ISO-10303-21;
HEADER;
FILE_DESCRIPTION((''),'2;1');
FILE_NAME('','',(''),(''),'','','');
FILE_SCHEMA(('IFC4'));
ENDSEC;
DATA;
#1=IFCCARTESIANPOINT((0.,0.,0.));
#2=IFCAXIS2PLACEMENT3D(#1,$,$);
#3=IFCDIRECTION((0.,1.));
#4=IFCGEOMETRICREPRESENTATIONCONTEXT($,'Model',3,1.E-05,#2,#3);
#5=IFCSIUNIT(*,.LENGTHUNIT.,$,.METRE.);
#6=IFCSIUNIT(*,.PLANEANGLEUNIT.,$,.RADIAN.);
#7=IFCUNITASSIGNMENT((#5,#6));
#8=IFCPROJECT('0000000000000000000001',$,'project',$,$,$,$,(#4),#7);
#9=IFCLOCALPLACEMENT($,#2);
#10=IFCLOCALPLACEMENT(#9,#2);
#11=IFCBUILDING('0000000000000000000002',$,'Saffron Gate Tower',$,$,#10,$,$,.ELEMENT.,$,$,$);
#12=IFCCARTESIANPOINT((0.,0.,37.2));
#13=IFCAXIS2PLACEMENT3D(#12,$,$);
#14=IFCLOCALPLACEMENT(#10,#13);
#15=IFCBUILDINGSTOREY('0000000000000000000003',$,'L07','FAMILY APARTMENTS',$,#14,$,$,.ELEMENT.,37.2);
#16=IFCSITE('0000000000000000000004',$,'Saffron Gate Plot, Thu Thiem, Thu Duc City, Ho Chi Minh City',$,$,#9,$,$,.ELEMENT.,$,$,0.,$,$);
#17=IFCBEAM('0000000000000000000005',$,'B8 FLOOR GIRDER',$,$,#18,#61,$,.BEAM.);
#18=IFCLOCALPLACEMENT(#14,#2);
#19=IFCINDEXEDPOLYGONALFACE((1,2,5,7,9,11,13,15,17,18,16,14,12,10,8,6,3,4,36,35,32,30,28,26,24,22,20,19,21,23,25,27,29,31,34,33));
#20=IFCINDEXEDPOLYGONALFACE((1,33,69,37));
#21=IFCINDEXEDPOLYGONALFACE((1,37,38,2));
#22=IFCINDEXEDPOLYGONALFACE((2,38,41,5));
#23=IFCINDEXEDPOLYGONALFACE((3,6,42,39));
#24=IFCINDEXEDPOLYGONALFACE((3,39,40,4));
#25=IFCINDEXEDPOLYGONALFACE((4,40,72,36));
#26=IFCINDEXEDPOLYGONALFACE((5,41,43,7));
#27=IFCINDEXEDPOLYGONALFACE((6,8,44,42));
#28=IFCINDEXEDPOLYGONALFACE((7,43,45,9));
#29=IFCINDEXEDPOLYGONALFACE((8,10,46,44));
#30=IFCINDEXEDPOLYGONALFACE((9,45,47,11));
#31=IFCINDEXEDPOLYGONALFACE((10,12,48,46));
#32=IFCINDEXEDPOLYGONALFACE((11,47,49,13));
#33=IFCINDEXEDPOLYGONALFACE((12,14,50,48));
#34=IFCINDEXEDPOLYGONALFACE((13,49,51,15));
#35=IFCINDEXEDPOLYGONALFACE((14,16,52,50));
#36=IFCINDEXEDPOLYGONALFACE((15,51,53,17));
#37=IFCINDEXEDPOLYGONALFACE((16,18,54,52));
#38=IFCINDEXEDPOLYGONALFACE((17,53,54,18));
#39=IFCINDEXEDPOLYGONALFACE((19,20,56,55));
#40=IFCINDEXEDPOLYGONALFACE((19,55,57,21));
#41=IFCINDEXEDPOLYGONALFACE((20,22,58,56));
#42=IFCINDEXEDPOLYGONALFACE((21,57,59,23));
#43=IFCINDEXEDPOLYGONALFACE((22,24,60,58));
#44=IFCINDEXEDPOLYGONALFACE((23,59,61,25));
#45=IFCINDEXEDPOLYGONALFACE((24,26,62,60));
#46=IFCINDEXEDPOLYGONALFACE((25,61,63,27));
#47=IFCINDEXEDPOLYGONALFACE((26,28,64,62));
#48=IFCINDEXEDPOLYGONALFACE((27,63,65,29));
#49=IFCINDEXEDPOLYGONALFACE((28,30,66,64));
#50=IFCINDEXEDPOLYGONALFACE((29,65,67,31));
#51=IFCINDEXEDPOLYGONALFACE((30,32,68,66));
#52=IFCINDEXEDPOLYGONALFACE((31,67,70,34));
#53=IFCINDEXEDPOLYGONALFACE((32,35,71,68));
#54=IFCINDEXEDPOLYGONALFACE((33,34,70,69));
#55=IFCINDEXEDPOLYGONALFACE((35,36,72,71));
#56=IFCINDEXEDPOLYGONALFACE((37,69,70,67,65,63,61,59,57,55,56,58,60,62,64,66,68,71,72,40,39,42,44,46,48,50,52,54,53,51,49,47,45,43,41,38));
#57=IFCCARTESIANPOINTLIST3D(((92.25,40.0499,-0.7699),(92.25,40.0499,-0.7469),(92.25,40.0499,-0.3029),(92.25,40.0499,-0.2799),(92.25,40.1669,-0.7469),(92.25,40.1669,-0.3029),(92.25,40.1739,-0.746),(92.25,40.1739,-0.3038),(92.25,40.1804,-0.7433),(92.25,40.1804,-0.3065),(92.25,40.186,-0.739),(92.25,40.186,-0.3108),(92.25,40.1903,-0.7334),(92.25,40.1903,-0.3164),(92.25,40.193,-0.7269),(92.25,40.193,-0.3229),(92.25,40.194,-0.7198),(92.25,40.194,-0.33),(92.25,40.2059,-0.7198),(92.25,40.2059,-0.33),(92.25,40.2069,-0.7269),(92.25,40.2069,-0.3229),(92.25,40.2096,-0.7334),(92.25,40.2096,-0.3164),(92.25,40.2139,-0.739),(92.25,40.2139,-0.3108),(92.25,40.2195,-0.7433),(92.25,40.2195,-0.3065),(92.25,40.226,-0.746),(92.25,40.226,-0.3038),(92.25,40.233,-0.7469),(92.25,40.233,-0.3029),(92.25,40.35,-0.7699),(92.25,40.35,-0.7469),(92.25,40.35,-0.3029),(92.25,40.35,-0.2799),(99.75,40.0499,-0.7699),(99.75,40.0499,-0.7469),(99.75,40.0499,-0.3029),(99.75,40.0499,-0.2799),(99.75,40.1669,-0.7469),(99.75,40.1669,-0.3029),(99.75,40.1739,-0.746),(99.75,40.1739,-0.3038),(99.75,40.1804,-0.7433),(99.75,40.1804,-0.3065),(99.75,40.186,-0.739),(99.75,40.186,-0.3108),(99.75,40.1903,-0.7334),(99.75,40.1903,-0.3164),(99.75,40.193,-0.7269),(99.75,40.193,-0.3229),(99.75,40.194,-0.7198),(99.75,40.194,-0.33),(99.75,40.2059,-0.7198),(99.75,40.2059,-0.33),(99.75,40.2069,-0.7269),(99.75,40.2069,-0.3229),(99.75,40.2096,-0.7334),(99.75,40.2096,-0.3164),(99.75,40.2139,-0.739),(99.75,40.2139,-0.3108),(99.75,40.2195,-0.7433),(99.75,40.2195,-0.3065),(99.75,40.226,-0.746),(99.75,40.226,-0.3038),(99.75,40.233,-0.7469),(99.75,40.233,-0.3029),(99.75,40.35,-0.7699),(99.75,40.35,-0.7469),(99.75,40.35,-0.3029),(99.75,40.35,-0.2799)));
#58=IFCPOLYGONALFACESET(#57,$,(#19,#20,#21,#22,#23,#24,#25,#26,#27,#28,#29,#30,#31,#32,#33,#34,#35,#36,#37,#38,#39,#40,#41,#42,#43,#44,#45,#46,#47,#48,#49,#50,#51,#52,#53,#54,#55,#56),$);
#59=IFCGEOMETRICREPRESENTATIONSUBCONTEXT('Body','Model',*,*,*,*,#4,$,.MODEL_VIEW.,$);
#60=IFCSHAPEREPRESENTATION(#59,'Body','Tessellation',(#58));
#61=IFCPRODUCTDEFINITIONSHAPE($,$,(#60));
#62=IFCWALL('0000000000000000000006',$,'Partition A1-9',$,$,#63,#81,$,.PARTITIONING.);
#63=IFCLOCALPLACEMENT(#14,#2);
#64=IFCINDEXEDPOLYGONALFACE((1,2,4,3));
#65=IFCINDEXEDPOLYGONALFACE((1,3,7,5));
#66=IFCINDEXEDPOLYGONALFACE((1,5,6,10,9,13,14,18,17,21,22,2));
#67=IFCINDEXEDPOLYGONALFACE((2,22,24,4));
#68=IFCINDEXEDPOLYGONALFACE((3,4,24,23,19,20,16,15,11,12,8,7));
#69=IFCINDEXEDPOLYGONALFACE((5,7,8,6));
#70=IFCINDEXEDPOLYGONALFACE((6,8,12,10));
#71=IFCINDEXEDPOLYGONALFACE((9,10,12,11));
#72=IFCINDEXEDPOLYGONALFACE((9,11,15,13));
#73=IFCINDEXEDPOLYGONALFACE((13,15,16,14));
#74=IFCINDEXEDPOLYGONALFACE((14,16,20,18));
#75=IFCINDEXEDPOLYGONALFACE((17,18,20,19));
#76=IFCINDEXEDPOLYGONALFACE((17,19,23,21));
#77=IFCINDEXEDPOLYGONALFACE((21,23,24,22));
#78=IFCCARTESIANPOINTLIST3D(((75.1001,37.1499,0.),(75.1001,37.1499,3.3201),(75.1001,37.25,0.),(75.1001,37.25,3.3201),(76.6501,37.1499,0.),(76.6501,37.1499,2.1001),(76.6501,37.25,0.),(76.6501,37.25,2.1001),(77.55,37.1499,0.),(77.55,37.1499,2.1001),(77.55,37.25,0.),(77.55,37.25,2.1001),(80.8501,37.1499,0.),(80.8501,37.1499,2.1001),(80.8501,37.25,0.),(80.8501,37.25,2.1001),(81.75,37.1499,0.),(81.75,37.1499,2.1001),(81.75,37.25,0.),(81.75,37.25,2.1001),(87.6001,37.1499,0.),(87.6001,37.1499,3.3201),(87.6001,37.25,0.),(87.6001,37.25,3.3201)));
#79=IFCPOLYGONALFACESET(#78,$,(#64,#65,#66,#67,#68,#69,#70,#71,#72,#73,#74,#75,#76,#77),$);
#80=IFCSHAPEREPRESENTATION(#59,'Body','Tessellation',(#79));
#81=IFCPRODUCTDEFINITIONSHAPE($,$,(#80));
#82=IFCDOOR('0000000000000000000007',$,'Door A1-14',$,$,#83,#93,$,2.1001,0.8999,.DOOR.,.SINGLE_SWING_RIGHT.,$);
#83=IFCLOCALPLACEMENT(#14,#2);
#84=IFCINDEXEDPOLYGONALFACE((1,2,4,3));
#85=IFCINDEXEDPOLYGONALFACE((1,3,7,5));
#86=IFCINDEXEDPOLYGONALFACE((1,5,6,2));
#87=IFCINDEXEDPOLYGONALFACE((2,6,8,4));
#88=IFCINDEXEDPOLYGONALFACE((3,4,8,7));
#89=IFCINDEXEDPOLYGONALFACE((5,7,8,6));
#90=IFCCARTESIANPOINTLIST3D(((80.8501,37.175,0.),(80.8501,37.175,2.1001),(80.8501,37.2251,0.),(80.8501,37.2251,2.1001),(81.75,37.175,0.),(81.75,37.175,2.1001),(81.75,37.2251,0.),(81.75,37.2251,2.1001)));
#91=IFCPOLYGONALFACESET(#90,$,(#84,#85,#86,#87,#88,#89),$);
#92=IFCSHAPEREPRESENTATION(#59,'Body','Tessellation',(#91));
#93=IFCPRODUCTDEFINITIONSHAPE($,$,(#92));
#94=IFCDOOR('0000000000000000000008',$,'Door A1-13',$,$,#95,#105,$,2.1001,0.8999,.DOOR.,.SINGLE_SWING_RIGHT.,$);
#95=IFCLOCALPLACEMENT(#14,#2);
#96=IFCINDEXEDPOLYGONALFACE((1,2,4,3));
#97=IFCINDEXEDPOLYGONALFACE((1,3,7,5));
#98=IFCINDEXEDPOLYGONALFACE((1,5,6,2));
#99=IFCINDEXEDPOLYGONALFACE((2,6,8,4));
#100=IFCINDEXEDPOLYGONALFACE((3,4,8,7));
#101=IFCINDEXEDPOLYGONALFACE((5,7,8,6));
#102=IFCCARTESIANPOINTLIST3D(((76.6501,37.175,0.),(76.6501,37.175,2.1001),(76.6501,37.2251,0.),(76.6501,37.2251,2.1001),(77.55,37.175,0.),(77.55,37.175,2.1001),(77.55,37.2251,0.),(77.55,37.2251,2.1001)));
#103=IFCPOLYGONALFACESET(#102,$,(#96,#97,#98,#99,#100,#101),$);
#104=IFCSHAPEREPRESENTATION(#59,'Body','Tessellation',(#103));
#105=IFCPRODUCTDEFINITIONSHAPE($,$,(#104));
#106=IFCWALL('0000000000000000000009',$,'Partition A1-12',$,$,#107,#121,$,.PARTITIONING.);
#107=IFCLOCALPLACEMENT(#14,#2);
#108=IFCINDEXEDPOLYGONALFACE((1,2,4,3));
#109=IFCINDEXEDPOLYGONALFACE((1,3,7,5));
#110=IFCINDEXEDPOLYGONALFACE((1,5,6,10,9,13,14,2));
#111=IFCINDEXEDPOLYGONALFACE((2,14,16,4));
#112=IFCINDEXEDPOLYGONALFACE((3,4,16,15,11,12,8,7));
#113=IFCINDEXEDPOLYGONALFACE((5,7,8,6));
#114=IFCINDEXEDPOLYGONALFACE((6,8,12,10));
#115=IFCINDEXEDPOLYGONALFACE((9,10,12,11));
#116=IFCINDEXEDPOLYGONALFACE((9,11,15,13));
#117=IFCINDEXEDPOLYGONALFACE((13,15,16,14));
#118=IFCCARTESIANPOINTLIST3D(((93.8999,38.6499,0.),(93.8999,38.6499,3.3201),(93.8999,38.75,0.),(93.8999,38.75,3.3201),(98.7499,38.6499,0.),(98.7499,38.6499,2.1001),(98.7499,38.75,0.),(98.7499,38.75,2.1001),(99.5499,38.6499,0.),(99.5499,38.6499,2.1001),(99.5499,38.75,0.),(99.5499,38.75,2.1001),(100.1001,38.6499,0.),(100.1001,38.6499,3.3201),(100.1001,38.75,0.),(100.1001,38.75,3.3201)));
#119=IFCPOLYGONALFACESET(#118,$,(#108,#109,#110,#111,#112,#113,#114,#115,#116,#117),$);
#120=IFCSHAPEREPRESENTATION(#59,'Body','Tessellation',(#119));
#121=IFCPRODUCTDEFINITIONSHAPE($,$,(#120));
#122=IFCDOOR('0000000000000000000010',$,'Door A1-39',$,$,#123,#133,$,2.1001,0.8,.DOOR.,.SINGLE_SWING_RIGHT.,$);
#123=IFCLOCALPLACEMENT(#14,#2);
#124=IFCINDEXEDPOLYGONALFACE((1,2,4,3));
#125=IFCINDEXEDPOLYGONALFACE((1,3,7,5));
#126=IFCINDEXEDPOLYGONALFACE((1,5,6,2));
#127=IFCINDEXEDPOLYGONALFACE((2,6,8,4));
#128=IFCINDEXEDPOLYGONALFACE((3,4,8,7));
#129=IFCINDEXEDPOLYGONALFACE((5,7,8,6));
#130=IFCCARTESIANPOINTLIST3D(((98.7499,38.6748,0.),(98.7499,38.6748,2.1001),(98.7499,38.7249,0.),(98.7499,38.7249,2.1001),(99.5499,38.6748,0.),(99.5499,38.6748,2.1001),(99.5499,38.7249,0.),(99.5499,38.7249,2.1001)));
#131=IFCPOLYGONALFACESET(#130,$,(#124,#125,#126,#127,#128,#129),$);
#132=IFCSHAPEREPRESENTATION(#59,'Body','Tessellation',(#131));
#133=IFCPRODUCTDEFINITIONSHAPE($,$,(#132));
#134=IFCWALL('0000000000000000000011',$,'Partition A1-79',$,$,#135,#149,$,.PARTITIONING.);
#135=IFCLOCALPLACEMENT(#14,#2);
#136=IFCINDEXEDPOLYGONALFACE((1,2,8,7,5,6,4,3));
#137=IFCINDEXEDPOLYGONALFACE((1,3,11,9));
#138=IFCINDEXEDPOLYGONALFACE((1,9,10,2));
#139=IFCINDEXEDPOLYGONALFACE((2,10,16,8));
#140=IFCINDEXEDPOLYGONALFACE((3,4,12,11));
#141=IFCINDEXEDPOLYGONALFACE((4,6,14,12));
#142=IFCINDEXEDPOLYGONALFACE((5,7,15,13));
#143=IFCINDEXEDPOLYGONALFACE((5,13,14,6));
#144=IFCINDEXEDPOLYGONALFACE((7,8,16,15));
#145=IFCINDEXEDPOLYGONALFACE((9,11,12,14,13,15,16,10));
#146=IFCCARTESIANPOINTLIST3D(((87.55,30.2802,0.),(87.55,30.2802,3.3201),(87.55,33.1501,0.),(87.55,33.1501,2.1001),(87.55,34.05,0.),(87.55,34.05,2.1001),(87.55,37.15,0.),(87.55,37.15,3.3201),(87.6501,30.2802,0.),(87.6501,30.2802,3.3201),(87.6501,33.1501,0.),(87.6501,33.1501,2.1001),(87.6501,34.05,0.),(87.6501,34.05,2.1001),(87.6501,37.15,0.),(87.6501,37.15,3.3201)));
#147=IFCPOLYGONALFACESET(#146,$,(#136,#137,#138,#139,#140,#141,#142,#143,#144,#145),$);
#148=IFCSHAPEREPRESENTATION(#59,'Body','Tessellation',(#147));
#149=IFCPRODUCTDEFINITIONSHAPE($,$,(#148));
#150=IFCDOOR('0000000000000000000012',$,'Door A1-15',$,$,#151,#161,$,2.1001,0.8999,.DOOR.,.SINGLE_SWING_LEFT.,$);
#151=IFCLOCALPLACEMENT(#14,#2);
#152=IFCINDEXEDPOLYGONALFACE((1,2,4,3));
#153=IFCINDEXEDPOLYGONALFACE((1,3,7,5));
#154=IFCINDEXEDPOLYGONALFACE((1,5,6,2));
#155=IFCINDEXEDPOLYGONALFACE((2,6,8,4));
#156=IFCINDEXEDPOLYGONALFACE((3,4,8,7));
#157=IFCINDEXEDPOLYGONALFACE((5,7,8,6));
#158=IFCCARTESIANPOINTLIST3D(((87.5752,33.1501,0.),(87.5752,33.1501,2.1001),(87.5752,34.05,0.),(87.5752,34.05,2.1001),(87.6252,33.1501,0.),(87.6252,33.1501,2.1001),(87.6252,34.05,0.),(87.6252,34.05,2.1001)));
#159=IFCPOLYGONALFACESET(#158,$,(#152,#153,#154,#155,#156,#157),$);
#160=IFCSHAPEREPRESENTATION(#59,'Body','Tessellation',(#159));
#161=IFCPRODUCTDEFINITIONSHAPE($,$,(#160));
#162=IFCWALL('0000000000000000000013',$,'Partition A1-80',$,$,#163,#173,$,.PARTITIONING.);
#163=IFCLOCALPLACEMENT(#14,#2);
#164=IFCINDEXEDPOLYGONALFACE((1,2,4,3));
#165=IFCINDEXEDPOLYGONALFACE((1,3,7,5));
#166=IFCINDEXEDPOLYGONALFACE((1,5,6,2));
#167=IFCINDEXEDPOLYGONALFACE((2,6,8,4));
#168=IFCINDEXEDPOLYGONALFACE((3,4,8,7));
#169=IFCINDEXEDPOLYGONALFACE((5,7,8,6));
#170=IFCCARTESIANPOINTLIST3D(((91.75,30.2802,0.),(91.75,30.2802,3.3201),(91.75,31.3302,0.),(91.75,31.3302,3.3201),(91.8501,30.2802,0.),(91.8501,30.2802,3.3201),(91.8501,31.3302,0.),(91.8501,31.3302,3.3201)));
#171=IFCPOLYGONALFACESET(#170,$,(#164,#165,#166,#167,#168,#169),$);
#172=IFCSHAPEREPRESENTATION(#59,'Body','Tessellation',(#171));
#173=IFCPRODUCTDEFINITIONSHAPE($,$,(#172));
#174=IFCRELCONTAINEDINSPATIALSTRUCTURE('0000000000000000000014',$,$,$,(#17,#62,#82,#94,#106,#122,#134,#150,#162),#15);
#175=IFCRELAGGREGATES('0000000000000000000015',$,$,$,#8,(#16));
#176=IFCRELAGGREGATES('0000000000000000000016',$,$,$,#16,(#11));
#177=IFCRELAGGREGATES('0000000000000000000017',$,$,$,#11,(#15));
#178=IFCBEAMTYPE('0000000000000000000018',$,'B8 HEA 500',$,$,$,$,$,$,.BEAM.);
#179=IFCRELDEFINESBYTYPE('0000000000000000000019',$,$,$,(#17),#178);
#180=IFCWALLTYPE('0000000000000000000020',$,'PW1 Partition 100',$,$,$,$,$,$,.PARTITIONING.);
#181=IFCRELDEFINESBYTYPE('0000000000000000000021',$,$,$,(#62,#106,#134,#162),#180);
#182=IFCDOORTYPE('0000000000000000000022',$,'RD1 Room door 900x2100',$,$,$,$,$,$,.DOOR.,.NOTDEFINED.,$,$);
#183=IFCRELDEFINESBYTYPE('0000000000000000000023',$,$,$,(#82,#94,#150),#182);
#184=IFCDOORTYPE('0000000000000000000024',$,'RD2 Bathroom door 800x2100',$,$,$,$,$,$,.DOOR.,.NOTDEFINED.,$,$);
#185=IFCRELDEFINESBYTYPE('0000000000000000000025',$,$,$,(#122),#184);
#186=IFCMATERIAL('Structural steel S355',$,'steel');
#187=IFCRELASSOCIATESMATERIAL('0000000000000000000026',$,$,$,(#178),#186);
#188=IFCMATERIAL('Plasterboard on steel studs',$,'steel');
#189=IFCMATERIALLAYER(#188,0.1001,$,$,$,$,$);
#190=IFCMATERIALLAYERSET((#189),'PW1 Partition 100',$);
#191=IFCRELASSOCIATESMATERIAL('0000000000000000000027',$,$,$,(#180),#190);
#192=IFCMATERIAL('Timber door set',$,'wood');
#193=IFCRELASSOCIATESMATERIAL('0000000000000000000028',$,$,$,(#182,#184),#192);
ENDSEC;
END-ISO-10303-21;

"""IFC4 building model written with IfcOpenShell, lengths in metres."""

from ifc_helpers import new_model, si_unit, direction, frame, frame_2d, origin, origin_2d, place, context, subcontext, project, spatial, rectangle, i_section, extrude, material, layer, layer_set, material_profile, profile_set, type_object, element, fill, save


model = new_model("IFC4")

# Units and contexts
model_context = context("Model", 3, precision=1e-05, world=origin(), true_north=direction((0.0, 1.0)))
body_context = subcontext(model_context, "Body", "Model", "MODEL_VIEW")
ifc_project = project(units=[si_unit("LENGTHUNIT", "METRE"), si_unit("PLANEANGLEUNIT", "RADIAN")], contexts=[model_context])

# Site, building, storey
site_placement = place(None, origin())
site = spatial("IfcSite", under=ifc_project, at=site_placement, Name="Saffron Gate Plot, Thu Thiem, Thu Duc City, Ho Chi Minh City", CompositionType="ELEMENT", RefElevation=0.0)
building_placement = place(site_placement, origin())
building = spatial("IfcBuilding", under=site, at=building_placement, Name="Saffron Gate Tower", CompositionType="ELEMENT")
storey_placement = place(building_placement, frame((0.0, 0.0, 37.2)))
storey = spatial("IfcBuildingStorey", under=building, at=storey_placement, Name="L07", Description="FAMILY APARTMENTS", CompositionType="ELEMENT", Elevation=37.2)

# Beam
ifc_material_1 = material(Name="Structural steel S355", Category="steel")
ifc_material_profile_1 = material_profile(ifc_material_1, i_section(OverallWidth=0.3, OverallDepth=0.49, WebThickness=0.012, FlangeThickness=0.0229, FilletRadius=0.0271, at=origin_2d()))
ifc_profile_set_1 = profile_set([ifc_material_profile_1], Name="Structural steel S355")
beam_type_1 = type_object("IfcBeamType", Name="B8 HEA 500", PredefinedType="BEAM", material=ifc_profile_set_1)
for number, where, z_axis, x_axis, name in (
    (1, (92.25, 40.2, -0.5249), (1.0, 0.0, 0.0), (0.0, 1.0, 0.0), "B8 FLOOR GIRDER"),
):
    element("IfcBeam", number, at=place(storey_placement, frame(where, z_axis=z_axis, x_axis=x_axis)), inside=storey, type_object=beam_type_1, Name=name, PredefinedType="BEAM", context=body_context, shape_type="SweptSolid", body=[
        extrude(i_section(OverallWidth=0.3, OverallDepth=0.49, WebThickness=0.012, FlangeThickness=0.0229, FilletRadius=0.0271, at=origin_2d()), origin(), (0.0, 0.0, 1.0), 7.5),
    ])

# Wall, openings, doors
ifc_material_2 = material(Name="Plasterboard on steel studs", Category="steel")
ifc_layer = layer(ifc_material_2, 0.1001)
ifc_layer_set = layer_set([ifc_layer], Name="PW1 Partition 100")
wall_type = type_object("IfcWallType", Name="PW1 Partition 100", PredefinedType="PARTITIONING", material=ifc_layer_set)
wall_1_placement = place(storey_placement, frame((87.6001, 37.2, 0.0), z_axis=(0.0, 0.0, 1.0), x_axis=(-1.0, 0.0, 0.0)))
wall_1 = element("IfcWall", 2, at=wall_1_placement, inside=storey, type_object=wall_type, Name="Partition A1-9", PredefinedType="PARTITIONING", context=body_context, shape_type="SweptSolid", body=[
    extrude(rectangle(XDim=12.5, YDim=0.1001, at=frame_2d((6.25, 0.0))), origin(), (0.0, 0.0, 1.0), 3.3201),
])
opening_1_placement = place(wall_1_placement, frame((5.8501, 0.0, 0.0)))
opening_1 = element("IfcOpeningElement", 3, at=opening_1_placement, cuts=wall_1, PredefinedType="OPENING", context=body_context, shape_type="SweptSolid", body=[
    extrude(rectangle(XDim=0.8999, YDim=2.1001, at=frame_2d((0.45, 1.05))), frame((0.0, 0.0601, 0.0), z_axis=(0.0, -1.0, 0.0), x_axis=(1.0, 0.0, 0.0)), (0.0, 0.0, 1.0), 0.1201),
])
opening_2_placement = place(wall_1_placement, frame((10.05, 0.0, 0.0)))
opening_2 = element("IfcOpeningElement", 4, at=opening_2_placement, cuts=wall_1, PredefinedType="OPENING", context=body_context, shape_type="SweptSolid", body=[
    extrude(rectangle(XDim=0.8999, YDim=2.1001, at=frame_2d((0.45, 1.05))), frame((0.0, 0.0601, 0.0), z_axis=(0.0, -1.0, 0.0), x_axis=(1.0, 0.0, 0.0)), (0.0, 0.0, 1.0), 0.1201),
])
ifc_material_3 = material(Name="Timber door set", Category="wood")
door_type_1 = type_object("IfcDoorType", Name="RD1 Room door 900x2100", OperationType="NOTDEFINED", PredefinedType="DOOR", material=ifc_material_3)
door_1_placement = place(opening_1_placement, origin())
door_1 = element("IfcDoor", 5, at=door_1_placement, inside=storey, type_object=door_type_1, Name="Door A1-14", OperationType="SINGLE_SWING_RIGHT", OverallHeight=2.1001, OverallWidth=0.8999, PredefinedType="DOOR", context=body_context, shape_type="SweptSolid", body=[
    extrude(rectangle(XDim=0.8999, YDim=2.1001, at=frame_2d((0.45, 1.05))), frame((0.0, 0.0249, 0.0), z_axis=(0.0, -1.0, 0.0), x_axis=(1.0, 0.0, 0.0)), (0.0, 0.0, 1.0), 0.05),
])
fill(opening_1, door_1)
door_2_placement = place(opening_2_placement, origin())
door_2 = element("IfcDoor", 6, at=door_2_placement, inside=storey, type_object=door_type_1, Name="Door A1-13", OperationType="SINGLE_SWING_RIGHT", OverallHeight=2.1001, OverallWidth=0.8999, PredefinedType="DOOR", context=body_context, shape_type="SweptSolid", body=[
    extrude(rectangle(XDim=0.8999, YDim=2.1001, at=frame_2d((0.45, 1.05))), frame((0.0, 0.0249, 0.0), z_axis=(0.0, -1.0, 0.0), x_axis=(1.0, 0.0, 0.0)), (0.0, 0.0, 1.0), 0.05),
])
fill(opening_2, door_2)

# Walls, openings, doors
wall_2_placement = place(storey_placement, frame((93.8999, 38.7, 0.0), z_axis=(0.0, 0.0, 1.0), x_axis=(1.0, 0.0, 0.0)))
wall_2 = element("IfcWall", 7, at=wall_2_placement, inside=storey, type_object=wall_type, Name="Partition A1-12", PredefinedType="PARTITIONING", context=body_context, shape_type="SweptSolid", body=[
    extrude(rectangle(XDim=6.2002, YDim=0.1001, at=frame_2d((3.1001, 0.0))), origin(), (0.0, 0.0, 1.0), 3.3201),
])
opening_3_placement = place(wall_2_placement, frame((4.8501, 0.0, 0.0)))
opening_3 = element("IfcOpeningElement", 8, at=opening_3_placement, cuts=wall_2, PredefinedType="OPENING", context=body_context, shape_type="SweptSolid", body=[
    extrude(rectangle(XDim=0.8, YDim=2.1001, at=frame_2d((0.3999, 1.05))), frame((0.0, 0.0601, 0.0), z_axis=(0.0, -1.0, 0.0), x_axis=(1.0, 0.0, 0.0)), (0.0, 0.0, 1.0), 0.1201),
])
door_type_2 = type_object("IfcDoorType", Name="RD2 Bathroom door 800x2100", OperationType="NOTDEFINED", PredefinedType="DOOR", material=ifc_material_3)
door_3_placement = place(opening_3_placement, origin())
door_3 = element("IfcDoor", 9, at=door_3_placement, inside=storey, type_object=door_type_2, Name="Door A1-39", OperationType="SINGLE_SWING_RIGHT", OverallHeight=2.1001, OverallWidth=0.8, PredefinedType="DOOR", context=body_context, shape_type="SweptSolid", body=[
    extrude(rectangle(XDim=0.8, YDim=2.1001, at=frame_2d((0.3999, 1.05))), frame((0.0, 0.0249, 0.0), z_axis=(0.0, -1.0, 0.0), x_axis=(1.0, 0.0, 0.0)), (0.0, 0.0, 1.0), 0.05),
])
fill(opening_3, door_3)
wall_3_placement = place(storey_placement, frame((87.6001, 30.28, 0.0), z_axis=(0.0, 0.0, 1.0), x_axis=(0.0, 1.0, 0.0)))
wall_3 = element("IfcWall", 10, at=wall_3_placement, inside=storey, type_object=wall_type, Name="Partition A1-79", PredefinedType="PARTITIONING", context=body_context, shape_type="SweptSolid", body=[
    extrude(rectangle(XDim=6.8699, YDim=0.1001, at=frame_2d((3.4351, 0.0))), origin(), (0.0, 0.0, 1.0), 3.3201),
])
opening_4_placement = place(wall_3_placement, frame((2.8701, 0.0, 0.0)))
opening_4 = element("IfcOpeningElement", 11, at=opening_4_placement, cuts=wall_3, PredefinedType="OPENING", context=body_context, shape_type="SweptSolid", body=[
    extrude(rectangle(XDim=0.8999, YDim=2.1001, at=frame_2d((0.45, 1.05))), frame((0.0, 0.0601, 0.0), z_axis=(0.0, -1.0, 0.0), x_axis=(1.0, 0.0, 0.0)), (0.0, 0.0, 1.0), 0.1201),
])
door_4_placement = place(opening_4_placement, origin())
door_4 = element("IfcDoor", 12, at=door_4_placement, inside=storey, type_object=door_type_1, Name="Door A1-15", OperationType="SINGLE_SWING_LEFT", OverallHeight=2.1001, OverallWidth=0.8999, PredefinedType="DOOR", context=body_context, shape_type="SweptSolid", body=[
    extrude(rectangle(XDim=0.8999, YDim=2.1001, at=frame_2d((0.45, 1.05))), frame((0.0, 0.0249, 0.0), z_axis=(0.0, -1.0, 0.0), x_axis=(1.0, 0.0, 0.0)), (0.0, 0.0, 1.0), 0.05),
])
fill(opening_4, door_4)

# Wall
wall_4_placement = place(storey_placement, frame((91.8, 31.3301, 0.0), z_axis=(0.0, 0.0, 1.0), x_axis=(0.0, -1.0, 0.0)))
element("IfcWall", 13, at=wall_4_placement, inside=storey, type_object=wall_type, Name="Partition A1-80", PredefinedType="PARTITIONING", context=body_context, shape_type="SweptSolid", body=[
    extrude(rectangle(XDim=1.05, YDim=0.1001, at=frame_2d((0.5249, 0.0))), origin(), (0.0, 0.0, 1.0), 3.3201),
])

save(model, "model.ifc")
